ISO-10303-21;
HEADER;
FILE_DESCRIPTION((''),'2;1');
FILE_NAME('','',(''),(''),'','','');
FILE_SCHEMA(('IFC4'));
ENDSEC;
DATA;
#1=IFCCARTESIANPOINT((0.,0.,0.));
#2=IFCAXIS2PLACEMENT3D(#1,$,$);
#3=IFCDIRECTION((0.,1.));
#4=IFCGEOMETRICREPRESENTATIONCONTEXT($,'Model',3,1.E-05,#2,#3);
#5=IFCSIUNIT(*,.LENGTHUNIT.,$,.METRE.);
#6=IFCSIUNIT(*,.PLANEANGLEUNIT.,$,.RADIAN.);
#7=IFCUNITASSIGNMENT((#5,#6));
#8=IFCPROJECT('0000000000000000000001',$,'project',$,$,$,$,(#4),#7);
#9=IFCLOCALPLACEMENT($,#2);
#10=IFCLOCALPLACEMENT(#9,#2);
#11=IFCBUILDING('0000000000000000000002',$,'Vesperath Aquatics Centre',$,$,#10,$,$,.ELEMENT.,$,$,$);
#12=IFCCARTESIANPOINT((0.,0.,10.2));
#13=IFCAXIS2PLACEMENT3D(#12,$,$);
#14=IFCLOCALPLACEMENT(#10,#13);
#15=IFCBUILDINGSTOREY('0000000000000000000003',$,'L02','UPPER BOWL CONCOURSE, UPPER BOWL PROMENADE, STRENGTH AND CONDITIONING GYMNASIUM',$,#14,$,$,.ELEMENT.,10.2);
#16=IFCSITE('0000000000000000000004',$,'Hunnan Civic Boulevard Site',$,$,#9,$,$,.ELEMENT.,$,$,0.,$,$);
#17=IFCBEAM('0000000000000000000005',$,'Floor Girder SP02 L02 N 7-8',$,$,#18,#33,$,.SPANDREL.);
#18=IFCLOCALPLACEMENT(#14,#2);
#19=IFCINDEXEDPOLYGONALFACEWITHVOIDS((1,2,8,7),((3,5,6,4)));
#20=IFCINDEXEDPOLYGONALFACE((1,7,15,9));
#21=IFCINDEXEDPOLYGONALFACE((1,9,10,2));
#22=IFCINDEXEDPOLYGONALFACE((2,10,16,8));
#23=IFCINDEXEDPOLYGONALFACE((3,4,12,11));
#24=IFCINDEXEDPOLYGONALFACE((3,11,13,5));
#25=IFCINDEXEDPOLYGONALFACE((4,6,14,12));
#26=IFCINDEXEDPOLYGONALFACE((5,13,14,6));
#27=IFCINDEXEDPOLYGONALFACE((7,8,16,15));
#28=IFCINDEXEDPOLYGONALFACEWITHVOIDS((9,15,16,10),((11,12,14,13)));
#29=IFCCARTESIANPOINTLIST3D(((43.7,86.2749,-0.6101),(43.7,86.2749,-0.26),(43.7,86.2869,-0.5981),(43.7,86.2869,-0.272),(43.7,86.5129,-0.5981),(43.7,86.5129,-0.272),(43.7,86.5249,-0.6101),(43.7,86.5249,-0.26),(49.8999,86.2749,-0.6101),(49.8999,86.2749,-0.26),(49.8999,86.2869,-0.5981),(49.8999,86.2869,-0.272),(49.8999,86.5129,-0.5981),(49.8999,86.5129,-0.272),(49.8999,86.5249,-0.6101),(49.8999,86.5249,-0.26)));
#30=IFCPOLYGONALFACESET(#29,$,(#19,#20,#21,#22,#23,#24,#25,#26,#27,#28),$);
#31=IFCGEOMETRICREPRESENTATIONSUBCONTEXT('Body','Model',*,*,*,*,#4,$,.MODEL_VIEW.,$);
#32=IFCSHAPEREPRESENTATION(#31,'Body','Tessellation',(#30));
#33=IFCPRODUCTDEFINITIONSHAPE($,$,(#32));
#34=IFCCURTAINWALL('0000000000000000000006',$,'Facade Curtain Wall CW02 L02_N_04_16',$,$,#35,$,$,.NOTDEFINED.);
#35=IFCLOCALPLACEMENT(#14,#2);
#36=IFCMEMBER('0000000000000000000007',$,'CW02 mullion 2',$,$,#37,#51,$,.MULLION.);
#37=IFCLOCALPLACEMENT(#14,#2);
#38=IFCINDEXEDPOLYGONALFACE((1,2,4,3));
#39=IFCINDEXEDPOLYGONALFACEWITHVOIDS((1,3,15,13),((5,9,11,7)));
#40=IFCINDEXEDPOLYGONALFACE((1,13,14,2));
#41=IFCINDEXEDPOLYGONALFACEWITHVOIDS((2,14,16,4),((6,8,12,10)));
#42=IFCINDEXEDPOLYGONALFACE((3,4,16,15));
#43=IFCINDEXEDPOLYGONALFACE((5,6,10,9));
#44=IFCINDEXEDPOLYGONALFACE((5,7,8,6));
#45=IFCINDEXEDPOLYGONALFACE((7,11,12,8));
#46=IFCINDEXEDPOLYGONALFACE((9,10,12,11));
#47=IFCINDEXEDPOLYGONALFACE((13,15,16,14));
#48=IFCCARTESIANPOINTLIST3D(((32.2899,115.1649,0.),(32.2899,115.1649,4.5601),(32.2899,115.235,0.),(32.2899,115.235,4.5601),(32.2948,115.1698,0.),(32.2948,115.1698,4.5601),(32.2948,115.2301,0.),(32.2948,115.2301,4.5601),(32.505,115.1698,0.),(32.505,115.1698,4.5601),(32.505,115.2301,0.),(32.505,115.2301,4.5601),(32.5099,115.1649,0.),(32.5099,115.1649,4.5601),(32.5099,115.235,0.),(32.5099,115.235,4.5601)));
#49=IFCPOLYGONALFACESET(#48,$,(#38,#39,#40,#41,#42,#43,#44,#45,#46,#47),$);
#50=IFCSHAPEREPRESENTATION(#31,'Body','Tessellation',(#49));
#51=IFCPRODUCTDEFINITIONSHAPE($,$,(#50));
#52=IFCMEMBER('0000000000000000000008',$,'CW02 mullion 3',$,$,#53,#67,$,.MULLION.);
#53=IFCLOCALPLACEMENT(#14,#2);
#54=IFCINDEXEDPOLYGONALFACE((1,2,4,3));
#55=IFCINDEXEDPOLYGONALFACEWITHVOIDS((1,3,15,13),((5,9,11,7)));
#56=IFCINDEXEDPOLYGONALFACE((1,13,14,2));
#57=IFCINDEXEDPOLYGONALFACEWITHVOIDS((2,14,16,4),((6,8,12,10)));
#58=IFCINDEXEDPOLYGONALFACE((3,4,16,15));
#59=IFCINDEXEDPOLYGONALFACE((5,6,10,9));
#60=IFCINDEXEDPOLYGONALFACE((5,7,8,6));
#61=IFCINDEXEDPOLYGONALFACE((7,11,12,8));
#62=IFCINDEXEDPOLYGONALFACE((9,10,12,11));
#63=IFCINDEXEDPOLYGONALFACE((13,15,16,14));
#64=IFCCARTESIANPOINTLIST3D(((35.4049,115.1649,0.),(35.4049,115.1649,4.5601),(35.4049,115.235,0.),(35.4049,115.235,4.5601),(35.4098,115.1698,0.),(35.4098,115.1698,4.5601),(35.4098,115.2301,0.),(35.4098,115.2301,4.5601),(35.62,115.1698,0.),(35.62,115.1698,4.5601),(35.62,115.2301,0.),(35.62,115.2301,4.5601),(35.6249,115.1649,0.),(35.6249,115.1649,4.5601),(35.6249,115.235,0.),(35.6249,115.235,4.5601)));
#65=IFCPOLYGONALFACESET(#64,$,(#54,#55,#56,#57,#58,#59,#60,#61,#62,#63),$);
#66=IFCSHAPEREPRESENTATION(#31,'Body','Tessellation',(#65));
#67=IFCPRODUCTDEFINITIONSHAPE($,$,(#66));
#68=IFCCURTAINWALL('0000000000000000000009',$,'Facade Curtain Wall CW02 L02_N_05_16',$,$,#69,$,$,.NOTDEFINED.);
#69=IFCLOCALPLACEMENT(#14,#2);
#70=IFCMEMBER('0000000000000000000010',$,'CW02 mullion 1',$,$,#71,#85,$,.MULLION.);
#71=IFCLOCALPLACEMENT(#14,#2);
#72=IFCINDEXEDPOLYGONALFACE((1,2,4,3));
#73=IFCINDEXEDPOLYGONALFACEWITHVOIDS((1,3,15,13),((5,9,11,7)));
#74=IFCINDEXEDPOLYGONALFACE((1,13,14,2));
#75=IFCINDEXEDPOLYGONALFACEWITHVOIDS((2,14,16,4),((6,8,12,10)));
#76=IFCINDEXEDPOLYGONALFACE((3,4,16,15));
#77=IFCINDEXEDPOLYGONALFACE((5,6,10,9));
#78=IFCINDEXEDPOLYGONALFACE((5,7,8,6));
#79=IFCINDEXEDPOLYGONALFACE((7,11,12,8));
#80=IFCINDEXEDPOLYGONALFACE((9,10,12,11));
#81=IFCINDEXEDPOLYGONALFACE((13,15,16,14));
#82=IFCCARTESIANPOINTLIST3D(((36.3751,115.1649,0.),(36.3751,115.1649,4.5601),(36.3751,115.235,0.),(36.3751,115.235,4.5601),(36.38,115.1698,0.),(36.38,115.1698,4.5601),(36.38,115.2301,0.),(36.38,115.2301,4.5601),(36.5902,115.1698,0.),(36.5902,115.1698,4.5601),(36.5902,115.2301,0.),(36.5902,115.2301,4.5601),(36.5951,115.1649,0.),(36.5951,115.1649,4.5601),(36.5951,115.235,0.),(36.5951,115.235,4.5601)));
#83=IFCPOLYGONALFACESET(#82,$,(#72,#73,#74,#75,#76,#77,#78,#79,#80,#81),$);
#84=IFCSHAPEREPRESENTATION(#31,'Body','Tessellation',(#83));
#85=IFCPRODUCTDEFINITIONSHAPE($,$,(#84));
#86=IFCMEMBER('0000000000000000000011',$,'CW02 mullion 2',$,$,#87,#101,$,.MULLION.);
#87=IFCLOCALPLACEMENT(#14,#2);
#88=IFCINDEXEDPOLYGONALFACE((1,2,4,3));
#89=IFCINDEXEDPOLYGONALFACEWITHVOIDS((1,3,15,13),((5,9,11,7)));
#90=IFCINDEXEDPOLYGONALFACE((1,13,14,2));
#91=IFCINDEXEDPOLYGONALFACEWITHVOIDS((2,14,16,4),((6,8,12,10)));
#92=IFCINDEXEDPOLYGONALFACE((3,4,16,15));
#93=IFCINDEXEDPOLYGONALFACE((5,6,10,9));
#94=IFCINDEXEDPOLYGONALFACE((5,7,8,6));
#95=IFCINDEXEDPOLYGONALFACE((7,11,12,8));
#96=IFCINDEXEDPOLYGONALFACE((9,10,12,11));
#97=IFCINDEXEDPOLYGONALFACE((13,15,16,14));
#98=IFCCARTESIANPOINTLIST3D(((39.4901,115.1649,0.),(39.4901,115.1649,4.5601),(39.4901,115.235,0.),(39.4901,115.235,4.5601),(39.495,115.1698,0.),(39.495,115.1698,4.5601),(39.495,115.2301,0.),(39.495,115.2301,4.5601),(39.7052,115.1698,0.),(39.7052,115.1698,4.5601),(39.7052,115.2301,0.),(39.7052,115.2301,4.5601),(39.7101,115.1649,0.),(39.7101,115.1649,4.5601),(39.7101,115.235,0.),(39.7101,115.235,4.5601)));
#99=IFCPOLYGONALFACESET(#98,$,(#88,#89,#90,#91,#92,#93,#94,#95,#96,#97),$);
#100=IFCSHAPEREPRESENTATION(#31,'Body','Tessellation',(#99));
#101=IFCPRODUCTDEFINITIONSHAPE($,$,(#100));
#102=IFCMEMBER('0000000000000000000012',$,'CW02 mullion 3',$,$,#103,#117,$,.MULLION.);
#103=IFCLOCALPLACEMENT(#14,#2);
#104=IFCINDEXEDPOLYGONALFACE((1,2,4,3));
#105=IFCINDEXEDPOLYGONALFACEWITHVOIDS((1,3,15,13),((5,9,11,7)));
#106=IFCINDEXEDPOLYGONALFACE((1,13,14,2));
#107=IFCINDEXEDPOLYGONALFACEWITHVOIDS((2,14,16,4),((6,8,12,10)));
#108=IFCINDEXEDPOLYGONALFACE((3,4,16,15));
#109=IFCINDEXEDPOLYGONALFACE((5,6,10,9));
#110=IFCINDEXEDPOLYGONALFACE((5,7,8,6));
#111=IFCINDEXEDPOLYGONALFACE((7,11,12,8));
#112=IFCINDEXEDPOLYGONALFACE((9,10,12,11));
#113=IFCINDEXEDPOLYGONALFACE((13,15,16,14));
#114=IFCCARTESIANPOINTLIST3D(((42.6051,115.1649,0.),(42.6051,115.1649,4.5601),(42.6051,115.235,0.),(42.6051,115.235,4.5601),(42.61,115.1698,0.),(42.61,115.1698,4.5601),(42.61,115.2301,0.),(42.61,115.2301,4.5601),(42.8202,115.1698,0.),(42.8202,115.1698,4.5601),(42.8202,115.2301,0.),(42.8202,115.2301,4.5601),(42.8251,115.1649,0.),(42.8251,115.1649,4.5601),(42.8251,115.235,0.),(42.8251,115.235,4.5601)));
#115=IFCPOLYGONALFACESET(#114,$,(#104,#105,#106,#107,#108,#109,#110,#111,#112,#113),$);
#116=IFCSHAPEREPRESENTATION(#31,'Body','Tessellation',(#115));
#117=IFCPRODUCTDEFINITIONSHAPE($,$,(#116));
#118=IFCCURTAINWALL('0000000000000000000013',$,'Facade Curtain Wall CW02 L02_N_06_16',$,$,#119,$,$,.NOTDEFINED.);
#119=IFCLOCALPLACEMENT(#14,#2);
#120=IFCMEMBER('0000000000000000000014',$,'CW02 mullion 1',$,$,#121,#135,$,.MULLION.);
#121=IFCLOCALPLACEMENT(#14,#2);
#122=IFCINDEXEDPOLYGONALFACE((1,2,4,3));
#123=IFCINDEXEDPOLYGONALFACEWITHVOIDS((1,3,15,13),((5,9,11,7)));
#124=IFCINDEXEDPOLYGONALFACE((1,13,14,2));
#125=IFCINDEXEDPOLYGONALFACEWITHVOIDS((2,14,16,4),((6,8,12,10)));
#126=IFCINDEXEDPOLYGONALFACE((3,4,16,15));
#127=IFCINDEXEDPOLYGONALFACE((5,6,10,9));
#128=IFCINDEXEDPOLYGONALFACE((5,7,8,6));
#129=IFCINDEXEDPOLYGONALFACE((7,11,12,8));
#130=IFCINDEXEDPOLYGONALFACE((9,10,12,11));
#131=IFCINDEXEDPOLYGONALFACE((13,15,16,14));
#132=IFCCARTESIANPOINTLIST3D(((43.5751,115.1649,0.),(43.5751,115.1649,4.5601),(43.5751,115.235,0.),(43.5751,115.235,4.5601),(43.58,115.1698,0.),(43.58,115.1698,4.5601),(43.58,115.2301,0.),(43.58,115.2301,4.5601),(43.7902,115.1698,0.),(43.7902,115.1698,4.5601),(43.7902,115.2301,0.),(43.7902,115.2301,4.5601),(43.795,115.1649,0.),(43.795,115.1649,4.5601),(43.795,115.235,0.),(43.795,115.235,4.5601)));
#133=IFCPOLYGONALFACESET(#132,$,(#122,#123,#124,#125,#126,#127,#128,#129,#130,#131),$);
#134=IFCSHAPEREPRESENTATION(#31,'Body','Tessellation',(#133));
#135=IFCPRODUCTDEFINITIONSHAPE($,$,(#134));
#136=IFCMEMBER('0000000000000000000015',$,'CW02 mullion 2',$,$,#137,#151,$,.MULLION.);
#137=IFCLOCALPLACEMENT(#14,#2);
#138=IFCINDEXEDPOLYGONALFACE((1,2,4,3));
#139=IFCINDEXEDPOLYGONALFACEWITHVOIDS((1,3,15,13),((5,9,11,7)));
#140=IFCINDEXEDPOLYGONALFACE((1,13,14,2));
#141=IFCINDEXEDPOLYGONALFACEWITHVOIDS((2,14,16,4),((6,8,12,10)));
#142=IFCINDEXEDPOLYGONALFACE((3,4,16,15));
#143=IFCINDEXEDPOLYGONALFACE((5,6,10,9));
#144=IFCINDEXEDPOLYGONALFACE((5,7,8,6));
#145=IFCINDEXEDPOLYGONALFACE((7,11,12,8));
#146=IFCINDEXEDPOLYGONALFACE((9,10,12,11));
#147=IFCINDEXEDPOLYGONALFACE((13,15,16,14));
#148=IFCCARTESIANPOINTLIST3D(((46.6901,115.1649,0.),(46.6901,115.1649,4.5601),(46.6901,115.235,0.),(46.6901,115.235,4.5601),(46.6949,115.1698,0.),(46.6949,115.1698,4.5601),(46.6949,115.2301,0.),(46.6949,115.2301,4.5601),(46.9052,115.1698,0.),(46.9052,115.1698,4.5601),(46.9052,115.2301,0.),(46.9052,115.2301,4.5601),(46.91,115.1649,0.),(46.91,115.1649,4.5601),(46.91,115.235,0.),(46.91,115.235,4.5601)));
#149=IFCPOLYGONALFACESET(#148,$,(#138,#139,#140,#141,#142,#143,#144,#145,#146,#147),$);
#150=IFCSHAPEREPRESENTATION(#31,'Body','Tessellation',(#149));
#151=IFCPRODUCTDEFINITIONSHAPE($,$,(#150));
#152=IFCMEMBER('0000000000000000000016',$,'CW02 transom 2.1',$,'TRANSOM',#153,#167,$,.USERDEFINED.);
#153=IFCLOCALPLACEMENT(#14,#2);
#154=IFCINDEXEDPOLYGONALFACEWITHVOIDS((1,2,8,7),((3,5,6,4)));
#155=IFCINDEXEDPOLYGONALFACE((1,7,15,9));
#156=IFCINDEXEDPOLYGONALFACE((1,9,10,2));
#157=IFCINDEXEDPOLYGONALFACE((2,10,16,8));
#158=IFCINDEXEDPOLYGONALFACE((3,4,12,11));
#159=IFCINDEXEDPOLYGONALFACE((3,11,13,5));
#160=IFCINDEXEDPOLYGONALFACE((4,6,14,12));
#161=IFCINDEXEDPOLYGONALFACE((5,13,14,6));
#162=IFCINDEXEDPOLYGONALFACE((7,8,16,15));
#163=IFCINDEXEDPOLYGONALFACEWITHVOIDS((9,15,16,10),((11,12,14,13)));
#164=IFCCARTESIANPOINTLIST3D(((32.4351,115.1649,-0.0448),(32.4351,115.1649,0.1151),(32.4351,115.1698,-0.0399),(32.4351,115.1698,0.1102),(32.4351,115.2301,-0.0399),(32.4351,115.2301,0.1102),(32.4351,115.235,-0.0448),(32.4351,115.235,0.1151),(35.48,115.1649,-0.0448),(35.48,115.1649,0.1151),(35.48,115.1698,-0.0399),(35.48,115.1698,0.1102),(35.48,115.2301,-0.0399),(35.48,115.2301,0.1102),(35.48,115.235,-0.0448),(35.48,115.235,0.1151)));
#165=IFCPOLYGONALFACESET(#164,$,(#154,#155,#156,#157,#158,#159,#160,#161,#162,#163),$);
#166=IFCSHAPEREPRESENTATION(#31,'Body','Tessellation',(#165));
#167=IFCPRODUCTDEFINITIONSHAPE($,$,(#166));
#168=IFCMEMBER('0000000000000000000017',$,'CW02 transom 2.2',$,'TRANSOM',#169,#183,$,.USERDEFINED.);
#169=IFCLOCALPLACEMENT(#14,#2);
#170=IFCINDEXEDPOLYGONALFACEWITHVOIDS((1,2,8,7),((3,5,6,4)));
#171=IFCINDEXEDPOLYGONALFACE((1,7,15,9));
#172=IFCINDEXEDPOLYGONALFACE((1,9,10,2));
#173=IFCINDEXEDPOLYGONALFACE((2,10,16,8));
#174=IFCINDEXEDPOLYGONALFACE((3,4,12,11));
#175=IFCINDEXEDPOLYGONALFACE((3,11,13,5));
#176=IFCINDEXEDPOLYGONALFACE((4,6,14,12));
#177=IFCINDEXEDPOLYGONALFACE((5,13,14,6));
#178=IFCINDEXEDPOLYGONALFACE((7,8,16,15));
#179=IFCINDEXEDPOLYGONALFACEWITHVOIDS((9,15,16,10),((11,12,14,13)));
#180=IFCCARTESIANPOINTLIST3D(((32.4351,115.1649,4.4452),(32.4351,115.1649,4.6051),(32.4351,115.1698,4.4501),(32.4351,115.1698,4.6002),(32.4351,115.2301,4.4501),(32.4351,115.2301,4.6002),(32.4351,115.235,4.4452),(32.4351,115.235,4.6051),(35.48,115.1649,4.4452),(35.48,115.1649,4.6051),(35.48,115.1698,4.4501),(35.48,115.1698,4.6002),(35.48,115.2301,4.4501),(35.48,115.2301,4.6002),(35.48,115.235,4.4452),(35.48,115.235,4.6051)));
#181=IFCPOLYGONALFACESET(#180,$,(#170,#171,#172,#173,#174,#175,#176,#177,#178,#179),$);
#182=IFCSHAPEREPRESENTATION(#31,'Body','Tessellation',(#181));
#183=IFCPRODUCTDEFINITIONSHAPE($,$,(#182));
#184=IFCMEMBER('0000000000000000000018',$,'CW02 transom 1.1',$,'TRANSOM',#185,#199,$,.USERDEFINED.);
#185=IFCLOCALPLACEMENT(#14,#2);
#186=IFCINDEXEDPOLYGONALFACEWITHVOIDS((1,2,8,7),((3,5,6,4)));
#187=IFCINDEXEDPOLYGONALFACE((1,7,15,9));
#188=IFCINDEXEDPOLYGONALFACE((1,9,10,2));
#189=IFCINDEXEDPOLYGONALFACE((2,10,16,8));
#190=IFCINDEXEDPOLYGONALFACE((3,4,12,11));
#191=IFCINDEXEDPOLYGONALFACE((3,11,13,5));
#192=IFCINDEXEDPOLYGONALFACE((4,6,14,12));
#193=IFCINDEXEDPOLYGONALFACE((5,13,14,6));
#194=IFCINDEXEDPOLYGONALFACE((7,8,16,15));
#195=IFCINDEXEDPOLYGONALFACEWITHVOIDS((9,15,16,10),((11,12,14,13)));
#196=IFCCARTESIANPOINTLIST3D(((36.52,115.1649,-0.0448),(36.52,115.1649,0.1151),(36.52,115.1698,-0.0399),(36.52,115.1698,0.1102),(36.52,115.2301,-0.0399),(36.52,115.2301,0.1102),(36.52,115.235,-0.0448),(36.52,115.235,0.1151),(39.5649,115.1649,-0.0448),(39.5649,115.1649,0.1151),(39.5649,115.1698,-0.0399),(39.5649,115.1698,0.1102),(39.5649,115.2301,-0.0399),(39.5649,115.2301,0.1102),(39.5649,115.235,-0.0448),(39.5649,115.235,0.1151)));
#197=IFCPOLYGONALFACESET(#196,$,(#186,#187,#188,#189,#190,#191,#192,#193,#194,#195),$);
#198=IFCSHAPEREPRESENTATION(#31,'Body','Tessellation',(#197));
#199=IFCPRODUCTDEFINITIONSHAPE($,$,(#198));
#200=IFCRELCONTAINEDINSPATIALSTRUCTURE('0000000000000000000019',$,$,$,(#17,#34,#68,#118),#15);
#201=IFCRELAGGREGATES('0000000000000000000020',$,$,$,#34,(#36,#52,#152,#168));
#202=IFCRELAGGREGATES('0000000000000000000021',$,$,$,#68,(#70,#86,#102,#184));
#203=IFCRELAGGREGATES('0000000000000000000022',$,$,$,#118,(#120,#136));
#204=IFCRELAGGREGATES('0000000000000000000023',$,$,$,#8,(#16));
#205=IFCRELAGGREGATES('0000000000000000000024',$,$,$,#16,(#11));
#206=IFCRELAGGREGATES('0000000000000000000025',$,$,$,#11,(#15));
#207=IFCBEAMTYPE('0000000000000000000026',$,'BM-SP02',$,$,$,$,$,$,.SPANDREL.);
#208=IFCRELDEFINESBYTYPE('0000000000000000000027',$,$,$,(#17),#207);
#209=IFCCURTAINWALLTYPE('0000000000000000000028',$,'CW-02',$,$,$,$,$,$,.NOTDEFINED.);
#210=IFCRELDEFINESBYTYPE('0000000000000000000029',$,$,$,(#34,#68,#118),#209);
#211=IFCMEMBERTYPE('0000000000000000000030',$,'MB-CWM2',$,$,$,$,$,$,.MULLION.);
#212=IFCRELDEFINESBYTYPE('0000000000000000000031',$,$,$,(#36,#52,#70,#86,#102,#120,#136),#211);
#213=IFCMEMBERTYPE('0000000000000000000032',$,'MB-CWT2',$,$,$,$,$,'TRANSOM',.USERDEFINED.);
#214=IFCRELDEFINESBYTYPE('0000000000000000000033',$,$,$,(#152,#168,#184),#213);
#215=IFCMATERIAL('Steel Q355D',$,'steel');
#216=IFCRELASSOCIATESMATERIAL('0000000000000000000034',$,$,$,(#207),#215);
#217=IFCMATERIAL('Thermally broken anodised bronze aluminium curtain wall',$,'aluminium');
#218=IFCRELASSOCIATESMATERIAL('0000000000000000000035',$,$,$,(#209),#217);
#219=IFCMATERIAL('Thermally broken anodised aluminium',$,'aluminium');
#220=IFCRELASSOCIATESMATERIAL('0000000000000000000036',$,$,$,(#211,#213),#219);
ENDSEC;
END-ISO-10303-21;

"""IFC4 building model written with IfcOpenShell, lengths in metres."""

from ifc_helpers import new_model, si_unit, direction, frame, origin, origin_2d, place, context, subcontext, project, spatial, hollow_rectangle, extrude, material, material_profile, profile_set, type_object, element, aggregate, save


model = new_model("IFC4")

# Units and contexts
model_context = context("Model", 3, precision=1e-05, world=origin(), true_north=direction((0.0, 1.0)))
body_context = subcontext(model_context, "Body", "Model", "MODEL_VIEW")
ifc_project = project(units=[si_unit("LENGTHUNIT", "METRE"), si_unit("PLANEANGLEUNIT", "RADIAN")], contexts=[model_context])

# Site, building, storey
site_placement = place(None, origin())
site = spatial("IfcSite", under=ifc_project, at=site_placement, Name="Hunnan Civic Boulevard Site", CompositionType="ELEMENT", RefElevation=0.0)
building_placement = place(site_placement, origin())
building = spatial("IfcBuilding", under=site, at=building_placement, Name="Vesperath Aquatics Centre", CompositionType="ELEMENT")
storey_placement = place(building_placement, frame((0.0, 0.0, 10.2)))
storey = spatial("IfcBuildingStorey", under=building, at=storey_placement, Name="L02", Description="UPPER BOWL CONCOURSE, UPPER BOWL PROMENADE, STRENGTH AND CONDITIONING GYMNASIUM", CompositionType="ELEMENT", Elevation=10.2)

# Shared definitions
ifc_material_1 = material(Name="Steel Q355D", Category="steel")

# Beam
ifc_material_profile_1 = material_profile(ifc_material_1, hollow_rectangle(XDim=0.25, YDim=0.3501, WallThickness=0.012, at=origin_2d()), Name="RHS 350x250x12")
ifc_profile_set_1 = profile_set([ifc_material_profile_1], Name="Steel Q355D")
beam_type_1 = type_object("IfcBeamType", Name="BM-SP02", PredefinedType="SPANDREL", material=ifc_profile_set_1)
for number, where, z_axis, x_axis, name in (
    (1, (43.7, 86.3999, -0.4351), (1.0, 0.0, 0.0), (0.0, 1.0, 0.0), "Floor Girder SP02 L02 N 7-8"),
):
    element("IfcBeam", number, at=place(storey_placement, frame(where, z_axis=z_axis, x_axis=x_axis)), inside=storey, type_object=beam_type_1, Name=name, PredefinedType="SPANDREL", context=body_context, shape_type="SweptSolid", body=[
        extrude(hollow_rectangle(XDim=0.25, YDim=0.3501, WallThickness=0.012, at=origin_2d()), origin(), (0.0, 0.0, 1.0), 6.2),
    ])

# Curtain walls, members
ifc_material_2 = material(Name="Thermally broken anodised bronze aluminium curtain wall", Category="aluminium")
curtain_wall_type = type_object("IfcCurtainWallType", Name="CW-02", PredefinedType="NOTDEFINED", material=ifc_material_2)
curtain_wall_1_placement = place(storey_placement, origin())
curtain_wall_1 = element("IfcCurtainWall", 2, at=curtain_wall_1_placement, inside=storey, type_object=curtain_wall_type, Name="Facade Curtain Wall CW02 L02_N_04_16", PredefinedType="NOTDEFINED")
ifc_material_3 = material(Name="Thermally broken anodised aluminium", Category="aluminium")
ifc_material_profile_2 = material_profile(ifc_material_3, hollow_rectangle(XDim=0.0701, YDim=0.22, WallThickness=0.0049, at=origin_2d()), Name="CWM 70x220x5")
ifc_profile_set_2 = profile_set([ifc_material_profile_2], Name="Thermally broken anodised aluminium")
member_type_1 = type_object("IfcMemberType", Name="MB-CWM2", PredefinedType="MULLION", material=ifc_profile_set_2)
member_1_placement = place(storey_placement, frame((32.3999, 115.2, 0.0), z_axis=(0.0, 0.0, 1.0), x_axis=(0.0, 1.0, 0.0)))
member_1 = element("IfcMember", 3, at=member_1_placement, type_object=member_type_1, Name="CW02 mullion 2", PredefinedType="MULLION", context=body_context, shape_type="SweptSolid", body=[
    extrude(hollow_rectangle(XDim=0.0701, YDim=0.22, WallThickness=0.0049, at=origin_2d()), origin(), (0.0, 0.0, 1.0), 4.5601),
])
member_2_placement = place(storey_placement, frame((35.5149, 115.2, 0.0), z_axis=(0.0, 0.0, 1.0), x_axis=(0.0, 1.0, 0.0)))
member_2 = element("IfcMember", 4, at=member_2_placement, type_object=member_type_1, Name="CW02 mullion 3", PredefinedType="MULLION", context=body_context, shape_type="SweptSolid", body=[
    extrude(hollow_rectangle(XDim=0.0701, YDim=0.22, WallThickness=0.0049, at=origin_2d()), origin(), (0.0, 0.0, 1.0), 4.5601),
])
curtain_wall_2_placement = place(storey_placement, origin())
curtain_wall_2 = element("IfcCurtainWall", 5, at=curtain_wall_2_placement, inside=storey, type_object=curtain_wall_type, Name="Facade Curtain Wall CW02 L02_N_05_16", PredefinedType="NOTDEFINED")
member_3_placement = place(storey_placement, frame((36.4851, 115.2, 0.0), z_axis=(0.0, 0.0, 1.0), x_axis=(0.0, 1.0, 0.0)))
member_3 = element("IfcMember", 6, at=member_3_placement, type_object=member_type_1, Name="CW02 mullion 1", PredefinedType="MULLION", context=body_context, shape_type="SweptSolid", body=[
    extrude(hollow_rectangle(XDim=0.0701, YDim=0.22, WallThickness=0.0049, at=origin_2d()), origin(), (0.0, 0.0, 1.0), 4.5601),
])
member_4_placement = place(storey_placement, frame((39.6001, 115.2, 0.0), z_axis=(0.0, 0.0, 1.0), x_axis=(0.0, 1.0, 0.0)))
member_4 = element("IfcMember", 7, at=member_4_placement, type_object=member_type_1, Name="CW02 mullion 2", PredefinedType="MULLION", context=body_context, shape_type="SweptSolid", body=[
    extrude(hollow_rectangle(XDim=0.0701, YDim=0.22, WallThickness=0.0049, at=origin_2d()), origin(), (0.0, 0.0, 1.0), 4.5601),
])
member_5_placement = place(storey_placement, frame((42.7151, 115.2, 0.0), z_axis=(0.0, 0.0, 1.0), x_axis=(0.0, 1.0, 0.0)))
member_5 = element("IfcMember", 8, at=member_5_placement, type_object=member_type_1, Name="CW02 mullion 3", PredefinedType="MULLION", context=body_context, shape_type="SweptSolid", body=[
    extrude(hollow_rectangle(XDim=0.0701, YDim=0.22, WallThickness=0.0049, at=origin_2d()), origin(), (0.0, 0.0, 1.0), 4.5601),
])
curtain_wall_3_placement = place(storey_placement, origin())
curtain_wall_3 = element("IfcCurtainWall", 9, at=curtain_wall_3_placement, inside=storey, type_object=curtain_wall_type, Name="Facade Curtain Wall CW02 L02_N_06_16", PredefinedType="NOTDEFINED")
member_6_placement = place(storey_placement, frame((43.6851, 115.2, 0.0), z_axis=(0.0, 0.0, 1.0), x_axis=(0.0, 1.0, 0.0)))
member_6 = element("IfcMember", 10, at=member_6_placement, type_object=member_type_1, Name="CW02 mullion 1", PredefinedType="MULLION", context=body_context, shape_type="SweptSolid", body=[
    extrude(hollow_rectangle(XDim=0.0701, YDim=0.22, WallThickness=0.0049, at=origin_2d()), origin(), (0.0, 0.0, 1.0), 4.5601),
])
member_7_placement = place(storey_placement, frame((46.8, 115.2, 0.0), z_axis=(0.0, 0.0, 1.0), x_axis=(0.0, 1.0, 0.0)))
member_7 = element("IfcMember", 11, at=member_7_placement, type_object=member_type_1, Name="CW02 mullion 2", PredefinedType="MULLION", context=body_context, shape_type="SweptSolid", body=[
    extrude(hollow_rectangle(XDim=0.0701, YDim=0.22, WallThickness=0.0049, at=origin_2d()), origin(), (0.0, 0.0, 1.0), 4.5601),
])

# Members
ifc_material_profile_3 = material_profile(ifc_material_3, hollow_rectangle(XDim=0.0701, YDim=0.1599, WallThickness=0.0049, at=origin_2d()), Name="CWT 70x160x5")
ifc_profile_set_3 = profile_set([ifc_material_profile_3], Name="Thermally broken anodised aluminium")
member_type_2 = type_object("IfcMemberType", Name="MB-CWT2", ElementType="TRANSOM", PredefinedType="USERDEFINED", material=ifc_profile_set_3)
member_8_placement = place(storey_placement, frame((32.4351, 115.2, 0.0352), z_axis=(1.0, 0.0, 0.0), x_axis=(0.0, 1.0, 0.0)))
member_8 = element("IfcMember", 12, at=member_8_placement, type_object=member_type_2, Name="CW02 transom 2.1", ObjectType="TRANSOM", PredefinedType="USERDEFINED", context=body_context, shape_type="SweptSolid", body=[
    extrude(hollow_rectangle(XDim=0.0701, YDim=0.1599, WallThickness=0.0049, at=origin_2d()), origin(), (0.0, 0.0, 1.0), 3.0449),
])
member_9_placement = place(storey_placement, frame((32.4351, 115.2, 4.5251), z_axis=(1.0, 0.0, 0.0), x_axis=(0.0, 1.0, 0.0)))
member_9 = element("IfcMember", 13, at=member_9_placement, type_object=member_type_2, Name="CW02 transom 2.2", ObjectType="TRANSOM", PredefinedType="USERDEFINED", context=body_context, shape_type="SweptSolid", body=[
    extrude(hollow_rectangle(XDim=0.0701, YDim=0.1599, WallThickness=0.0049, at=origin_2d()), origin(), (0.0, 0.0, 1.0), 3.0449),
])
member_10_placement = place(storey_placement, frame((36.52, 115.2, 0.0352), z_axis=(1.0, 0.0, 0.0), x_axis=(0.0, 1.0, 0.0)))
member_10 = element("IfcMember", 14, at=member_10_placement, type_object=member_type_2, Name="CW02 transom 1.1", ObjectType="TRANSOM", PredefinedType="USERDEFINED", context=body_context, shape_type="SweptSolid", body=[
    extrude(hollow_rectangle(XDim=0.0701, YDim=0.1599, WallThickness=0.0049, at=origin_2d()), origin(), (0.0, 0.0, 1.0), 3.0449),
])

aggregate(curtain_wall_1, [member_1, member_2, member_8, member_9])
aggregate(curtain_wall_2, [member_3, member_4, member_5, member_10])
aggregate(curtain_wall_3, [member_6, member_7])

save(model, "model.ifc")
